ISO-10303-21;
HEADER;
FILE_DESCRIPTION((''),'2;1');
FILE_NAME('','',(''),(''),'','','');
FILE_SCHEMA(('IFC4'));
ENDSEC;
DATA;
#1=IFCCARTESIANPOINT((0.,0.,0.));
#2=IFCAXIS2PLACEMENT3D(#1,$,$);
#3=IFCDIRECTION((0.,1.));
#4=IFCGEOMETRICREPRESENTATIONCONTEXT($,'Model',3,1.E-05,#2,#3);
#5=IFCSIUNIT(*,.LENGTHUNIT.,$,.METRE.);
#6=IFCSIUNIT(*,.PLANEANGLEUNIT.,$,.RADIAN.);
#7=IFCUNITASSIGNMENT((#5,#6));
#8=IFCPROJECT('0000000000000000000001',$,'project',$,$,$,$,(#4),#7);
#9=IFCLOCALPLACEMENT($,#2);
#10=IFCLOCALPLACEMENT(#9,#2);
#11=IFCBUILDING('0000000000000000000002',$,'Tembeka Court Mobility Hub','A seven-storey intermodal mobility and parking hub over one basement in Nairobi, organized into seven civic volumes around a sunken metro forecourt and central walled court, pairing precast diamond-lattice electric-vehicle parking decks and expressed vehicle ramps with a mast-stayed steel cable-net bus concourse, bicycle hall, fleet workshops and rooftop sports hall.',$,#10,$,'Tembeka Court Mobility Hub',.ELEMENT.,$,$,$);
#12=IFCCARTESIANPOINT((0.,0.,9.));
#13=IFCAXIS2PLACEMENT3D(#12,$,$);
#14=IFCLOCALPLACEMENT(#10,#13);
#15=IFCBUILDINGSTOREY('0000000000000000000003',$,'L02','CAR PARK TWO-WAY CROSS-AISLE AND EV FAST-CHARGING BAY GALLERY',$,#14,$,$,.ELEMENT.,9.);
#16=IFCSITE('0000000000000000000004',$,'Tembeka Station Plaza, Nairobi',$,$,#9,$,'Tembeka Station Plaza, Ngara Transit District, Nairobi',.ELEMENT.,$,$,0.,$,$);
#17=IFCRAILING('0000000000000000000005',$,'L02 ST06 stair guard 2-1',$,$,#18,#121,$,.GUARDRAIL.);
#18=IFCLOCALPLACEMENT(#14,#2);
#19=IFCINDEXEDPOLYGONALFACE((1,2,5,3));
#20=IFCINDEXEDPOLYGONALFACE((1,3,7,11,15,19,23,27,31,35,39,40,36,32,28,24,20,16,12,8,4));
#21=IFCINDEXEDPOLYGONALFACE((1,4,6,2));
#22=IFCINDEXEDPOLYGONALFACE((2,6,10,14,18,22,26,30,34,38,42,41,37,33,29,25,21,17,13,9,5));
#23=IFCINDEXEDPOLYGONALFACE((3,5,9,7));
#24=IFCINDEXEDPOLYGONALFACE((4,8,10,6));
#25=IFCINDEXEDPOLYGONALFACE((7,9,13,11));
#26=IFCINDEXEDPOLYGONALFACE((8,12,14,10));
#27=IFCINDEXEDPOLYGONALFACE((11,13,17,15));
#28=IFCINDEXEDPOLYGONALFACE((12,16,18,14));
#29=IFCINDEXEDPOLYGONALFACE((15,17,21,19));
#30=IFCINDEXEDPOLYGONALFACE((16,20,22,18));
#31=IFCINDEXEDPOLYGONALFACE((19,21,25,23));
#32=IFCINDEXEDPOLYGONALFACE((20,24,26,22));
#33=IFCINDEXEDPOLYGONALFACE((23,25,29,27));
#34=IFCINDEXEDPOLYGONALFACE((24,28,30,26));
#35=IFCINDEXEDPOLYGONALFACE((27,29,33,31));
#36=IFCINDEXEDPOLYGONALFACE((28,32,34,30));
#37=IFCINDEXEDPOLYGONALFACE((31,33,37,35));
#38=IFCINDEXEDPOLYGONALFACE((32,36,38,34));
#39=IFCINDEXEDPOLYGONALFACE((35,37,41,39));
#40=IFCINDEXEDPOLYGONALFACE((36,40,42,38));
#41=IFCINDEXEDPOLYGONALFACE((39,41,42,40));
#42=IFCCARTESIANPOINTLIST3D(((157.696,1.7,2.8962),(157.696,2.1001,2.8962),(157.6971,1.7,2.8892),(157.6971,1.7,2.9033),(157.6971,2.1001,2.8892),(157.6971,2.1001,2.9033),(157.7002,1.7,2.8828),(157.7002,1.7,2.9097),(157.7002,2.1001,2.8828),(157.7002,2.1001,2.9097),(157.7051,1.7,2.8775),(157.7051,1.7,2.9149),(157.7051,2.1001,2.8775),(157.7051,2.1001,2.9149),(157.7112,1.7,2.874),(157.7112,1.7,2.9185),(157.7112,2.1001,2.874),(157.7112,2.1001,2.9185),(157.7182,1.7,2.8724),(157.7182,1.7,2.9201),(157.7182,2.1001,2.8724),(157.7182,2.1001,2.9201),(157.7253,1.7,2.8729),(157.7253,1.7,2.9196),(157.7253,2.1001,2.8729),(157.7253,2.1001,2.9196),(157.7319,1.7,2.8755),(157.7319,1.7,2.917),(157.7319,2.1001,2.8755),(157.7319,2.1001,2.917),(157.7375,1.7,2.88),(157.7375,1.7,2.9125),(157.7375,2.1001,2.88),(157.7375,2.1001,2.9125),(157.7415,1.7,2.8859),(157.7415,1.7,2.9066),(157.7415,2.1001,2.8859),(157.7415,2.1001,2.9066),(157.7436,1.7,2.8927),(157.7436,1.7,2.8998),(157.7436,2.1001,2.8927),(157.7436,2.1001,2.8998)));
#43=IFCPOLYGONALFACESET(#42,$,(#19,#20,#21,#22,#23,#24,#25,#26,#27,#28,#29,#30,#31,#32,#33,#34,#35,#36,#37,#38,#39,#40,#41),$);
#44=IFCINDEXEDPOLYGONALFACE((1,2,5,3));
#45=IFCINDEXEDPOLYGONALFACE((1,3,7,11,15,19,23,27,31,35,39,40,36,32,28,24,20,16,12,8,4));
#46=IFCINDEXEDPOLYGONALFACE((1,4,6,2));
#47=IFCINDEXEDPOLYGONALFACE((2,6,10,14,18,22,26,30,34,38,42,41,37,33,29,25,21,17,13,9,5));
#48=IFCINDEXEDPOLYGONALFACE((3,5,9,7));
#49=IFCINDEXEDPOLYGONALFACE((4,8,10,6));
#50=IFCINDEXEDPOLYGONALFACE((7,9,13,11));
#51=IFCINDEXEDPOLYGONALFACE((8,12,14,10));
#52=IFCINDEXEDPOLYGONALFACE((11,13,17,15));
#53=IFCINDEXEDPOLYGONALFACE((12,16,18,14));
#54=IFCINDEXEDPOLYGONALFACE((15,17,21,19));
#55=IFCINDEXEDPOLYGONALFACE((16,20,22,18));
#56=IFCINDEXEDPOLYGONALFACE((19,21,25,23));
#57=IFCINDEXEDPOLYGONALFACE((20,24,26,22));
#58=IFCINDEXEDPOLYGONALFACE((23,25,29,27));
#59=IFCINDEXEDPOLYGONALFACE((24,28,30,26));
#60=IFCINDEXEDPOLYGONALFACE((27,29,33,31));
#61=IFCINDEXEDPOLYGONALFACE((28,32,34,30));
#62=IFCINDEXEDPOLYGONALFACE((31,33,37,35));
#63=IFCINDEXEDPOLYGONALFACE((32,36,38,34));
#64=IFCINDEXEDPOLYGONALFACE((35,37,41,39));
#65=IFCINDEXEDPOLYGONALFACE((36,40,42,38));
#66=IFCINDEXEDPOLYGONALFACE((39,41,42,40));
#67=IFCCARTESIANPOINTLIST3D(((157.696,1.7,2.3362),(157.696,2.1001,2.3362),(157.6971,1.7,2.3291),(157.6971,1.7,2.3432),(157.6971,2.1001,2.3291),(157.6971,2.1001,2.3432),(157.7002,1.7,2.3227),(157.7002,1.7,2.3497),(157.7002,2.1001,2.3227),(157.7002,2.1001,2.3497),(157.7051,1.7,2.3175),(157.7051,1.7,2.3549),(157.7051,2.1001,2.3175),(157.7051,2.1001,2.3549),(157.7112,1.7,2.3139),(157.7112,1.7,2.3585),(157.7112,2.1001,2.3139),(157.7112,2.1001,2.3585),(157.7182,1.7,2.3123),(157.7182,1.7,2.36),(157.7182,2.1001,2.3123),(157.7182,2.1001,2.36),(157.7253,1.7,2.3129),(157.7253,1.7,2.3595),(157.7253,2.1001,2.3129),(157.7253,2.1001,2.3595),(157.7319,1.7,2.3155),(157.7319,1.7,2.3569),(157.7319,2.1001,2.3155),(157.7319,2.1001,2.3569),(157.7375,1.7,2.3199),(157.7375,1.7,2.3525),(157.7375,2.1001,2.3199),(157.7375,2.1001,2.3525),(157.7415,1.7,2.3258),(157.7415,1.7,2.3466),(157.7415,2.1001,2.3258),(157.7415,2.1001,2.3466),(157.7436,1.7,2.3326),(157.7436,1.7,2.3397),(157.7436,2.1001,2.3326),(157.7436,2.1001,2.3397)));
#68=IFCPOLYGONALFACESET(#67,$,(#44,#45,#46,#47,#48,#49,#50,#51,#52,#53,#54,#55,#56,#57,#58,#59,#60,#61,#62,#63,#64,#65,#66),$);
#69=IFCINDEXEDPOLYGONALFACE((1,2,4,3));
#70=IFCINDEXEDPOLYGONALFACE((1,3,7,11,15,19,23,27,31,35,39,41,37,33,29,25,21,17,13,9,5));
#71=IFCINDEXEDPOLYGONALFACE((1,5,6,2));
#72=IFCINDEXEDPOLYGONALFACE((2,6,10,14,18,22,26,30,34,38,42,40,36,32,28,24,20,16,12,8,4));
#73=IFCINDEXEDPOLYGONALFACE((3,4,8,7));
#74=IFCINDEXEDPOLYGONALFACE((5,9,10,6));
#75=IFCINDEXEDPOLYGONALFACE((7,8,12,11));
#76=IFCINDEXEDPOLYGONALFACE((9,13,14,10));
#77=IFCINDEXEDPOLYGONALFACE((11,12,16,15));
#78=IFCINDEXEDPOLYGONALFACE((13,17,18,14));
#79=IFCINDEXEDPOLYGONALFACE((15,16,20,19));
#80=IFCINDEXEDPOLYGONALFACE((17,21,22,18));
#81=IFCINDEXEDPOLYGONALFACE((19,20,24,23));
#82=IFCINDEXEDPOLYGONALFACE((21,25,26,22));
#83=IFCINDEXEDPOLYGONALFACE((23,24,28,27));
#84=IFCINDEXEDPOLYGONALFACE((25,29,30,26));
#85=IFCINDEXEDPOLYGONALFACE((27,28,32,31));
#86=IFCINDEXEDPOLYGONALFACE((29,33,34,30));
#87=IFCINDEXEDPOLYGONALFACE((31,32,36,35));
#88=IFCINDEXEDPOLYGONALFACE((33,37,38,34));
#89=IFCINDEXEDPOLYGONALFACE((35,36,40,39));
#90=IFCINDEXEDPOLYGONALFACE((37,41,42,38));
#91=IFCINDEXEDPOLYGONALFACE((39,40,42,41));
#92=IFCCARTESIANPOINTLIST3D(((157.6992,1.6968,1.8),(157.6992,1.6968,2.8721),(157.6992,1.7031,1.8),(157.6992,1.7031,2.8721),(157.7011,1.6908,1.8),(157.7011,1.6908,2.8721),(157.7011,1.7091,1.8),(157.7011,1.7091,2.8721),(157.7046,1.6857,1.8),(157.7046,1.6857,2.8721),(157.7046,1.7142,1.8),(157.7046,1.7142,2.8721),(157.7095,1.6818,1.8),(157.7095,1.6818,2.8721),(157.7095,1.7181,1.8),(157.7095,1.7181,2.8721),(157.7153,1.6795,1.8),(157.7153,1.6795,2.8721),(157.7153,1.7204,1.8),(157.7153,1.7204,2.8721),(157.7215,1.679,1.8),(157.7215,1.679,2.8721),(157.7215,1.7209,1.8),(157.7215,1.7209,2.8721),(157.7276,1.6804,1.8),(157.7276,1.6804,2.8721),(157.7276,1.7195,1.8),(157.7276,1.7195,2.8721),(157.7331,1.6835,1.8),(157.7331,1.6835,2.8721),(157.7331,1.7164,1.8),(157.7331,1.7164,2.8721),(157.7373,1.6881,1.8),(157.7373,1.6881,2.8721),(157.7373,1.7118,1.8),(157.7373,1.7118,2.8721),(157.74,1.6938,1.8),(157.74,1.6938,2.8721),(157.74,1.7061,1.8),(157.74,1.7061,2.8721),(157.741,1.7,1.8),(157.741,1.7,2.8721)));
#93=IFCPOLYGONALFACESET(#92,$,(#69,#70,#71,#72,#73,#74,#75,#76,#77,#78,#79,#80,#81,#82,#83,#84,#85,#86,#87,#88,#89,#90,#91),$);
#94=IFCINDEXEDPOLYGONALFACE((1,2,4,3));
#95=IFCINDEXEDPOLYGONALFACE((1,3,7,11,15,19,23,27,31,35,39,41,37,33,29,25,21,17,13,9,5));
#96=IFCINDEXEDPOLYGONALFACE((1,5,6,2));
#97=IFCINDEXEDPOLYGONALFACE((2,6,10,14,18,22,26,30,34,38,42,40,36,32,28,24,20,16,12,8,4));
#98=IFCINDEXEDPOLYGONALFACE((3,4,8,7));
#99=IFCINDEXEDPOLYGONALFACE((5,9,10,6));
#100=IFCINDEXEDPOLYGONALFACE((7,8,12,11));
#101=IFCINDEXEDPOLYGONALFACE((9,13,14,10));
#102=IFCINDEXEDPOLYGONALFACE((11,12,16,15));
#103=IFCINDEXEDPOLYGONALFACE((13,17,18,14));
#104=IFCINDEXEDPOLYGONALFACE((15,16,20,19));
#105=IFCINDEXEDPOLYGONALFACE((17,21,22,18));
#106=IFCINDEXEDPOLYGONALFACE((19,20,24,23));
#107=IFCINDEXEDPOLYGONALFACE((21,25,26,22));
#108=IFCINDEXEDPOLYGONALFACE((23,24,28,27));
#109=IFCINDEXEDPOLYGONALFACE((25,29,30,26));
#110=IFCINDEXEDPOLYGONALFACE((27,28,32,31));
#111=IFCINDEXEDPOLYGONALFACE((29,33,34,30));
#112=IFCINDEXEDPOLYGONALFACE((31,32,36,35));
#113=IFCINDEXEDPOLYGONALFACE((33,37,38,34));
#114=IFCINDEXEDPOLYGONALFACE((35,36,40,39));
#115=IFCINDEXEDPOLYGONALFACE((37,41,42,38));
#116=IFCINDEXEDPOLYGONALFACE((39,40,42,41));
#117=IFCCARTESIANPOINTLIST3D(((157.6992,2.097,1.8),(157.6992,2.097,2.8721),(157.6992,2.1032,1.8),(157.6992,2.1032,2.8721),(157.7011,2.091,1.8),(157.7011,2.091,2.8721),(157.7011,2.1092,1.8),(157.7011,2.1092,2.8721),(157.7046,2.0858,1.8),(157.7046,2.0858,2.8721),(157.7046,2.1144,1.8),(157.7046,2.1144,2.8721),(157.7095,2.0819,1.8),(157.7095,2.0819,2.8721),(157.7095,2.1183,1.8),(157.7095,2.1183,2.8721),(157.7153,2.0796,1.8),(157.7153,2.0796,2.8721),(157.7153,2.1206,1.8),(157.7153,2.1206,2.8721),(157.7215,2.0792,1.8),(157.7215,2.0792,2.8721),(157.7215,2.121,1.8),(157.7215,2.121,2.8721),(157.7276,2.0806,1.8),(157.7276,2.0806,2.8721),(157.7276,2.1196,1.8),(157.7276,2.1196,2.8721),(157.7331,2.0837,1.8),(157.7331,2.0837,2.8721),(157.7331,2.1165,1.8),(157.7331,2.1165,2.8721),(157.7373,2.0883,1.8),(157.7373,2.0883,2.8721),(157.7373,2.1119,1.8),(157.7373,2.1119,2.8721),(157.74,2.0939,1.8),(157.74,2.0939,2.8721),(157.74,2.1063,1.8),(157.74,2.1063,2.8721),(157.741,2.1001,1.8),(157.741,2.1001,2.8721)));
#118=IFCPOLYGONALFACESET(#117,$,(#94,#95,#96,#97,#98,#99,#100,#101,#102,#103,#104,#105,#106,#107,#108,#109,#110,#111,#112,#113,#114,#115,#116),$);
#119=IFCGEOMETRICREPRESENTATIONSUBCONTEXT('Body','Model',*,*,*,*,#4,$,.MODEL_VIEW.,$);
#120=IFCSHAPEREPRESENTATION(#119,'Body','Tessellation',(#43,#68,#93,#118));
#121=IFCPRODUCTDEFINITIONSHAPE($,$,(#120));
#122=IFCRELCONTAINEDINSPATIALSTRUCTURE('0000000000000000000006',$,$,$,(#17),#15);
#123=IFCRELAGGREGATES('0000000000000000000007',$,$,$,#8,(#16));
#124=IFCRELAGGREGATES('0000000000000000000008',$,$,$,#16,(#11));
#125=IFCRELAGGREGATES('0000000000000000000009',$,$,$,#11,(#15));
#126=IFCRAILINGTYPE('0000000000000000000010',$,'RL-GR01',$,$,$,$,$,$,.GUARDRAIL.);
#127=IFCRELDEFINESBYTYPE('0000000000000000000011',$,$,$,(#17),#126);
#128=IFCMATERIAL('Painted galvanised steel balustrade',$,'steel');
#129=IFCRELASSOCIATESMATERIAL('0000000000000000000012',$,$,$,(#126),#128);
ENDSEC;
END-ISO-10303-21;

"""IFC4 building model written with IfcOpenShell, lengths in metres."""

from ifc_helpers import new_model, si_unit, direction, frame, origin, origin_2d, place, context, subcontext, project, spatial, circle, extrude, material, type_object, element, save


model = new_model("IFC4")

# Units and contexts
model_context = context("Model", 3, precision=1e-05, world=origin(), true_north=direction((0.0, 1.0)))
body_context = subcontext(model_context, "Body", "Model", "MODEL_VIEW")
ifc_project = project(units=[si_unit("LENGTHUNIT", "METRE"), si_unit("PLANEANGLEUNIT", "RADIAN")], contexts=[model_context])

# Site, building, storey
site_placement = place(None, origin())
site = spatial("IfcSite", under=ifc_project, at=site_placement, Name="Tembeka Station Plaza, Nairobi", LongName="Tembeka Station Plaza, Ngara Transit District, Nairobi", CompositionType="ELEMENT", RefElevation=0.0)
building_placement = place(site_placement, origin())
building = spatial("IfcBuilding", under=site, at=building_placement, Name="Tembeka Court Mobility Hub", Description="A seven-storey intermodal mobility and parking hub over one basement in Nairobi, organized into seven civic volumes around a sunken metro forecourt and central walled court, pairing precast diamond-lattice electric-vehicle parking decks and expressed vehicle ramps with a mast-stayed steel cable-net bus concourse, bicycle hall, fleet workshops and rooftop sports hall.", LongName="Tembeka Court Mobility Hub", CompositionType="ELEMENT")
storey_placement = place(building_placement, frame((0.0, 0.0, 9.0)))
storey = spatial("IfcBuildingStorey", under=building, at=storey_placement, Name="L02", Description="CAR PARK TWO-WAY CROSS-AISLE AND EV FAST-CHARGING BAY GALLERY", CompositionType="ELEMENT", Elevation=9.0)

# Railing
ifc_material_1 = material(Name="Painted galvanised steel balustrade", Category="steel")
railing_type_1 = type_object("IfcRailingType", Name="RL-GR01", PredefinedType="GUARDRAIL", material=ifc_material_1)
railing_1_placement = place(storey_placement, frame((157.72, 1.7, 1.8)))
element("IfcRailing", 1, at=railing_1_placement, inside=storey, type_object=railing_type_1, Name="L02 ST06 stair guard 2-1", PredefinedType="GUARDRAIL", context=body_context, shape_type="SweptSolid", body=[
    extrude(circle(Radius=0.0239, at=origin_2d()), frame((0.0, 0.0, 1.0962), z_axis=(0.0, 1.0, 0.0), x_axis=(-1.0, 0.0, 0.0)), (0.0, 0.0, 1.0), 0.4001),
    extrude(circle(Radius=0.0239, at=origin_2d()), frame((0.0, 0.0, 0.5361), z_axis=(0.0, 1.0, 0.0), x_axis=(-1.0, 0.0, 0.0)), (0.0, 0.0, 1.0), 0.4001),
    extrude(circle(Radius=0.021, at=origin_2d()), origin(), (0.0, 0.0, 1.0), 1.072),
    extrude(circle(Radius=0.021, at=origin_2d()), frame((0.0, 0.4001, 0.0)), (0.0, 0.0, 1.0), 1.072),
])

save(model, "model.ifc")
